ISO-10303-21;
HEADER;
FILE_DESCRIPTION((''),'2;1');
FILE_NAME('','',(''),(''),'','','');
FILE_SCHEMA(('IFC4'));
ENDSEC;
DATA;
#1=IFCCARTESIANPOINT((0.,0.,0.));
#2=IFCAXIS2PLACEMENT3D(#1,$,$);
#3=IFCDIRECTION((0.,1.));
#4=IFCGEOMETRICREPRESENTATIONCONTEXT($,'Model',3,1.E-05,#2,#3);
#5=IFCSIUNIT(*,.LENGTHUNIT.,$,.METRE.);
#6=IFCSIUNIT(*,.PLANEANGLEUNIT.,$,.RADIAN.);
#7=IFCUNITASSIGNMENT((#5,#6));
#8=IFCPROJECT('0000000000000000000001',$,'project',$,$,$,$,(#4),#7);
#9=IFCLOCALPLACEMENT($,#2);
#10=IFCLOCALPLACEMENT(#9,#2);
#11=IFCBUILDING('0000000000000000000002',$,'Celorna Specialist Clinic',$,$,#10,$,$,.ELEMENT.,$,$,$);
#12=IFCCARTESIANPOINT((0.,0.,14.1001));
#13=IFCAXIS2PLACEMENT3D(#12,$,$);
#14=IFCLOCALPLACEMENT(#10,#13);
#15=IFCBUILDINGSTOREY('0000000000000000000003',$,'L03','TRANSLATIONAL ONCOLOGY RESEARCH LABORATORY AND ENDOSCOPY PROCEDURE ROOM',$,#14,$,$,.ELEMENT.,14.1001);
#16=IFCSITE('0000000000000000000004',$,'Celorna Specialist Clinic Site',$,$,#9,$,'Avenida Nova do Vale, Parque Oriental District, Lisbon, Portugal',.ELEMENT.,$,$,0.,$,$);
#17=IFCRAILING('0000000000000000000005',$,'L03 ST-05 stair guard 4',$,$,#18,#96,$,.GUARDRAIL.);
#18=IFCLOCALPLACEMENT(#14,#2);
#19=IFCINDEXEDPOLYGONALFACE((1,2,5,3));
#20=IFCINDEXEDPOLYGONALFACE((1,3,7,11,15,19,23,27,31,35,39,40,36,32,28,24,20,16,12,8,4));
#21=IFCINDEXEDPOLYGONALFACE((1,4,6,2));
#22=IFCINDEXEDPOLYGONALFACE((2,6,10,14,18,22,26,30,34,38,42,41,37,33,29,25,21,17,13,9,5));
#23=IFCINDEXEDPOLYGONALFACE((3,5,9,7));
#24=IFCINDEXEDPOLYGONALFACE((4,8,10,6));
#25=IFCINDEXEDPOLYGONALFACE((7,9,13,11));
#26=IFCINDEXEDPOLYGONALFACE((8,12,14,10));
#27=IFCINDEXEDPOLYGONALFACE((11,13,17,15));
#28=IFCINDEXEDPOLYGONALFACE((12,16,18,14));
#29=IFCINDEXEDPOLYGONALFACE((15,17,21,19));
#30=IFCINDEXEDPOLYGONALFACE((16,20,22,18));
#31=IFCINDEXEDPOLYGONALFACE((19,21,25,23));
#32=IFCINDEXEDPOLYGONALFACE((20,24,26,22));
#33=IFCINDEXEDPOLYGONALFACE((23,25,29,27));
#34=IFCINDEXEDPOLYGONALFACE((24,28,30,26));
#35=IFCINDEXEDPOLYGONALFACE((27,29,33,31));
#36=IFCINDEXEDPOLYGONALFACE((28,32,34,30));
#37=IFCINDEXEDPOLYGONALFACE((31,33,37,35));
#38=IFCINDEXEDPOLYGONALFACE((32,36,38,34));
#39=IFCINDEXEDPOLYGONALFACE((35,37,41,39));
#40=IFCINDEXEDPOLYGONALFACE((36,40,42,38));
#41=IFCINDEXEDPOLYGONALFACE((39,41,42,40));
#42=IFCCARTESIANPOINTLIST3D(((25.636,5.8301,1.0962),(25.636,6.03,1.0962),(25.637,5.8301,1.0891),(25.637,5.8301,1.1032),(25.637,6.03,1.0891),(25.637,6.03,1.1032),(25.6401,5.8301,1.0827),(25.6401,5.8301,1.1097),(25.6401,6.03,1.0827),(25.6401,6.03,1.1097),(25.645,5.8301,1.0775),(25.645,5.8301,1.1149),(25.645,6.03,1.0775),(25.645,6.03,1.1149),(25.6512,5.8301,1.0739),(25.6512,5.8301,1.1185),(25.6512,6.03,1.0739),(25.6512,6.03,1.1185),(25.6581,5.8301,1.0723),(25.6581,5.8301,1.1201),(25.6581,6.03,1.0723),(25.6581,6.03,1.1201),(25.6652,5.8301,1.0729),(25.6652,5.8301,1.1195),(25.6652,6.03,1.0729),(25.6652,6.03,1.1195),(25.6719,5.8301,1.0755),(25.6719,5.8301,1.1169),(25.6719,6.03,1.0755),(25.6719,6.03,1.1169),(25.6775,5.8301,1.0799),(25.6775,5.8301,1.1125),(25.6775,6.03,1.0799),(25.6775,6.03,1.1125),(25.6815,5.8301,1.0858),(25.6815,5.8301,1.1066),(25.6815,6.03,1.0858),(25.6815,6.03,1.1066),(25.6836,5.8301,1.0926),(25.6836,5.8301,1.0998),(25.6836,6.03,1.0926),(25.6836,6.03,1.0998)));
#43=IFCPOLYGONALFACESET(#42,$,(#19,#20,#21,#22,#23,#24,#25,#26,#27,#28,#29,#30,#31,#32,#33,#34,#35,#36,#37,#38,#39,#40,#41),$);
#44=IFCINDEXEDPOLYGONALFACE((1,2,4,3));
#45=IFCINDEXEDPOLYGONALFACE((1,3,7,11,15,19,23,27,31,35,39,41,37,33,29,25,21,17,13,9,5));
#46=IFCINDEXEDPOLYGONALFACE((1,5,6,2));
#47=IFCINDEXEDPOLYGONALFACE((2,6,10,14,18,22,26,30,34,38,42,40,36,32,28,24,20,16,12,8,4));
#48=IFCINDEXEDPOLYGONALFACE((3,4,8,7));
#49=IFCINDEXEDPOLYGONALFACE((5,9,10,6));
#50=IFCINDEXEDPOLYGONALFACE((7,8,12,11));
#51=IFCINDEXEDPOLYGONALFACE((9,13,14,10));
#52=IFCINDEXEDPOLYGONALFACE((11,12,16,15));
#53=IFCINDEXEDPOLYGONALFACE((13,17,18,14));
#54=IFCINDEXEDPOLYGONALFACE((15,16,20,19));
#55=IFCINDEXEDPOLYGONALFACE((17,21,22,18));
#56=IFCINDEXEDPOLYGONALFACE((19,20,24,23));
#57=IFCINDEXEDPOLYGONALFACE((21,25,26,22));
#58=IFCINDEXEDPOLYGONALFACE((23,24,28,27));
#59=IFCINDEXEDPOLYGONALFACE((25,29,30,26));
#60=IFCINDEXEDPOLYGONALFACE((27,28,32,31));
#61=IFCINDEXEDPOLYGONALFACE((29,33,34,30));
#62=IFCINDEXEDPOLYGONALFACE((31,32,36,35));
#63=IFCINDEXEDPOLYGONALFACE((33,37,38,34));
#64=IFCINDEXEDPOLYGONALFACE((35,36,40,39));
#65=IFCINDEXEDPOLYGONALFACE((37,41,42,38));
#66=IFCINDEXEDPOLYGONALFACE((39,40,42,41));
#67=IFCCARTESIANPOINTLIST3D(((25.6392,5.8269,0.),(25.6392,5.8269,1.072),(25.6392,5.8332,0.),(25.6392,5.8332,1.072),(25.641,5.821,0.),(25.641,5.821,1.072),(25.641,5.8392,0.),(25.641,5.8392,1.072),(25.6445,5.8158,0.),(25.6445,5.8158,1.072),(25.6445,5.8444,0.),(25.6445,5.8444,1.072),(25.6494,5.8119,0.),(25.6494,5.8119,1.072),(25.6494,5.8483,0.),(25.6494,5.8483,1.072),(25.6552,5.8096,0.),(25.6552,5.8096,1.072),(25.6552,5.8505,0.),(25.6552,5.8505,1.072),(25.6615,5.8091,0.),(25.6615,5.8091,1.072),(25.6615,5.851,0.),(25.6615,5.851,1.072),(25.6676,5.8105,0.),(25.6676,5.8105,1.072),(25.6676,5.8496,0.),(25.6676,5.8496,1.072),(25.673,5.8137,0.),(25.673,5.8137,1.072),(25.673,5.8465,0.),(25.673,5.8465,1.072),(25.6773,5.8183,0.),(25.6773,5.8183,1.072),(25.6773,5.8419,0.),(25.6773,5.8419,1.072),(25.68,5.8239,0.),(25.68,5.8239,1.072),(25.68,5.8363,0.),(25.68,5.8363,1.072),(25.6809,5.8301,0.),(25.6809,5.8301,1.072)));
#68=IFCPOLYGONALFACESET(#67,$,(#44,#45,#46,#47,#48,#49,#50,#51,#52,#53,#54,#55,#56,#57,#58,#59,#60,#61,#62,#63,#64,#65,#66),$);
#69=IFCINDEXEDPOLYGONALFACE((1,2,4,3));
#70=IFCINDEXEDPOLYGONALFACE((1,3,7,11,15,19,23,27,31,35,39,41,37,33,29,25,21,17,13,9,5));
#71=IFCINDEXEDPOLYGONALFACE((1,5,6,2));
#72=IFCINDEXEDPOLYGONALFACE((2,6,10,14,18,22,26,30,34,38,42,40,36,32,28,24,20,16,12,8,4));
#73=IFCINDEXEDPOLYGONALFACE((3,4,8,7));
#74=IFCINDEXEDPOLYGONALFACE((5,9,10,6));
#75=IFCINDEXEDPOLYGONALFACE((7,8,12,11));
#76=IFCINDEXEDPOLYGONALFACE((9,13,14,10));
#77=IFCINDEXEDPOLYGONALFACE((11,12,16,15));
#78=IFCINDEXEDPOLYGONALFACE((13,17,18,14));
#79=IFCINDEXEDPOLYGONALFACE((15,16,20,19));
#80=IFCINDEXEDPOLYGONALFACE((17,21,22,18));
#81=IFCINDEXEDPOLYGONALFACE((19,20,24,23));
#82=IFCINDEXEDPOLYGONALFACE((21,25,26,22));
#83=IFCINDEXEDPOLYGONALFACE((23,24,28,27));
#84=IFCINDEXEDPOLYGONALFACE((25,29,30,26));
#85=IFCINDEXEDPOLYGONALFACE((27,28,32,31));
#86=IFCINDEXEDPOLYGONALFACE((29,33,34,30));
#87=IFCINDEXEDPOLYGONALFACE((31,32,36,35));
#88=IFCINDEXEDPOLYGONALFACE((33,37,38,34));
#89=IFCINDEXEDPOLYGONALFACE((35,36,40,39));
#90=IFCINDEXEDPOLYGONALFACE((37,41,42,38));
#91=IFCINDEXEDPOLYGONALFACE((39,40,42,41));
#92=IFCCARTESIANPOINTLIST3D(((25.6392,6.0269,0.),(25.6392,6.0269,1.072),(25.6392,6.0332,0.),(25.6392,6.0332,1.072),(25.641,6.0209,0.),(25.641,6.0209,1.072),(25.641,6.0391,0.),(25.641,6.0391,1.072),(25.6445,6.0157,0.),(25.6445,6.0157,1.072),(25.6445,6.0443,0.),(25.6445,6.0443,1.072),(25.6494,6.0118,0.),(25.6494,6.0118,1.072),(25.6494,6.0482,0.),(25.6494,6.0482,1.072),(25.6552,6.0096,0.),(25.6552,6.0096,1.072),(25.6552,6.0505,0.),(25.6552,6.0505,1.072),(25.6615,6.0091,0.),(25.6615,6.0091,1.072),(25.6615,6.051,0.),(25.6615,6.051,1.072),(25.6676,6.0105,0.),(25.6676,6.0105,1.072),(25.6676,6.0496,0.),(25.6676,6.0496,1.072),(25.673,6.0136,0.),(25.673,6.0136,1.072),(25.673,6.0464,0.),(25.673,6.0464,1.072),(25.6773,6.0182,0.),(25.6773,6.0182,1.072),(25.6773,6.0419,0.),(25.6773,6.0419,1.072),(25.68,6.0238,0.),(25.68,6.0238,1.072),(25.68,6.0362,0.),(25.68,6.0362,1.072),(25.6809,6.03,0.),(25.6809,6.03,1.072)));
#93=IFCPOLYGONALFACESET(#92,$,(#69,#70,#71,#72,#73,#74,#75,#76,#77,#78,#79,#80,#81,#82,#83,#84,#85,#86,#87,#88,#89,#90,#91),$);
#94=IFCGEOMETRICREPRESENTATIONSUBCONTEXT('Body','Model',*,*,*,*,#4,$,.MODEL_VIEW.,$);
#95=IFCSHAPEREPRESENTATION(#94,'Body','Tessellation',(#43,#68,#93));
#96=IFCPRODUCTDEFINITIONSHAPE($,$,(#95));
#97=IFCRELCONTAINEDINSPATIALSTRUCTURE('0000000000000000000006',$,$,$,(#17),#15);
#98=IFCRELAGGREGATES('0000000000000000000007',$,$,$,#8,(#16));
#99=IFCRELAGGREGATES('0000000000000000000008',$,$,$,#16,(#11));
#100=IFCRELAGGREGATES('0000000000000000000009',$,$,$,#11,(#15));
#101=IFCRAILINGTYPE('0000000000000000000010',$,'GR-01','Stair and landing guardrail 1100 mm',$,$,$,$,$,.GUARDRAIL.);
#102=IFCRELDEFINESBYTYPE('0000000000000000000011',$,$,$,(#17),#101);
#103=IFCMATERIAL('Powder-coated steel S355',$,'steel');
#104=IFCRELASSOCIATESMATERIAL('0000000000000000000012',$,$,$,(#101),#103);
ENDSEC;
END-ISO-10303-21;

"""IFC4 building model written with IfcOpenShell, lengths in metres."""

from ifc_helpers import new_model, si_unit, direction, frame, origin, origin_2d, place, context, subcontext, project, spatial, circle, extrude, material, type_object, element, save


model = new_model("IFC4")

# Units and contexts
model_context = context("Model", 3, precision=1e-05, world=origin(), true_north=direction((0.0, 1.0)))
body_context = subcontext(model_context, "Body", "Model", "MODEL_VIEW")
ifc_project = project(units=[si_unit("LENGTHUNIT", "METRE"), si_unit("PLANEANGLEUNIT", "RADIAN")], contexts=[model_context])

# Site, building, storey
site_placement = place(None, origin())
site = spatial("IfcSite", under=ifc_project, at=site_placement, Name="Celorna Specialist Clinic Site", LongName="Avenida Nova do Vale, Parque Oriental District, Lisbon, Portugal", CompositionType="ELEMENT", RefElevation=0.0)
building_placement = place(site_placement, origin())
building = spatial("IfcBuilding", under=site, at=building_placement, Name="Celorna Specialist Clinic", CompositionType="ELEMENT")
storey_placement = place(building_placement, frame((0.0, 0.0, 14.1001)))
storey = spatial("IfcBuildingStorey", under=building, at=storey_placement, Name="L03", Description="TRANSLATIONAL ONCOLOGY RESEARCH LABORATORY AND ENDOSCOPY PROCEDURE ROOM", CompositionType="ELEMENT", Elevation=14.1001)

# Railing
ifc_material_1 = material(Name="Powder-coated steel S355", Category="steel")
railing_type_1 = type_object("IfcRailingType", Name="GR-01", Description="Stair and landing guardrail 1100 mm", PredefinedType="GUARDRAIL", material=ifc_material_1)
railing_1_placement = place(storey_placement, frame((25.6599, 5.8301, 0.0)))
element("IfcRailing", 1, at=railing_1_placement, inside=storey, type_object=railing_type_1, Name="L03 ST-05 stair guard 4", PredefinedType="GUARDRAIL", context=body_context, shape_type="SweptSolid", body=[
    extrude(circle(Radius=0.0239, at=origin_2d()), frame((0.0, 0.0, 1.0962), z_axis=(0.0, 1.0, 0.0), x_axis=(-1.0, 0.0, 0.0)), (0.0, 0.0, 1.0), 0.2),
    extrude(circle(Radius=0.021, at=origin_2d()), origin(), (0.0, 0.0, 1.0), 1.072),
    extrude(circle(Radius=0.021, at=origin_2d()), frame((0.0, 0.2, 0.0)), (0.0, 0.0, 1.0), 1.072),
])

save(model, "model.ifc")
